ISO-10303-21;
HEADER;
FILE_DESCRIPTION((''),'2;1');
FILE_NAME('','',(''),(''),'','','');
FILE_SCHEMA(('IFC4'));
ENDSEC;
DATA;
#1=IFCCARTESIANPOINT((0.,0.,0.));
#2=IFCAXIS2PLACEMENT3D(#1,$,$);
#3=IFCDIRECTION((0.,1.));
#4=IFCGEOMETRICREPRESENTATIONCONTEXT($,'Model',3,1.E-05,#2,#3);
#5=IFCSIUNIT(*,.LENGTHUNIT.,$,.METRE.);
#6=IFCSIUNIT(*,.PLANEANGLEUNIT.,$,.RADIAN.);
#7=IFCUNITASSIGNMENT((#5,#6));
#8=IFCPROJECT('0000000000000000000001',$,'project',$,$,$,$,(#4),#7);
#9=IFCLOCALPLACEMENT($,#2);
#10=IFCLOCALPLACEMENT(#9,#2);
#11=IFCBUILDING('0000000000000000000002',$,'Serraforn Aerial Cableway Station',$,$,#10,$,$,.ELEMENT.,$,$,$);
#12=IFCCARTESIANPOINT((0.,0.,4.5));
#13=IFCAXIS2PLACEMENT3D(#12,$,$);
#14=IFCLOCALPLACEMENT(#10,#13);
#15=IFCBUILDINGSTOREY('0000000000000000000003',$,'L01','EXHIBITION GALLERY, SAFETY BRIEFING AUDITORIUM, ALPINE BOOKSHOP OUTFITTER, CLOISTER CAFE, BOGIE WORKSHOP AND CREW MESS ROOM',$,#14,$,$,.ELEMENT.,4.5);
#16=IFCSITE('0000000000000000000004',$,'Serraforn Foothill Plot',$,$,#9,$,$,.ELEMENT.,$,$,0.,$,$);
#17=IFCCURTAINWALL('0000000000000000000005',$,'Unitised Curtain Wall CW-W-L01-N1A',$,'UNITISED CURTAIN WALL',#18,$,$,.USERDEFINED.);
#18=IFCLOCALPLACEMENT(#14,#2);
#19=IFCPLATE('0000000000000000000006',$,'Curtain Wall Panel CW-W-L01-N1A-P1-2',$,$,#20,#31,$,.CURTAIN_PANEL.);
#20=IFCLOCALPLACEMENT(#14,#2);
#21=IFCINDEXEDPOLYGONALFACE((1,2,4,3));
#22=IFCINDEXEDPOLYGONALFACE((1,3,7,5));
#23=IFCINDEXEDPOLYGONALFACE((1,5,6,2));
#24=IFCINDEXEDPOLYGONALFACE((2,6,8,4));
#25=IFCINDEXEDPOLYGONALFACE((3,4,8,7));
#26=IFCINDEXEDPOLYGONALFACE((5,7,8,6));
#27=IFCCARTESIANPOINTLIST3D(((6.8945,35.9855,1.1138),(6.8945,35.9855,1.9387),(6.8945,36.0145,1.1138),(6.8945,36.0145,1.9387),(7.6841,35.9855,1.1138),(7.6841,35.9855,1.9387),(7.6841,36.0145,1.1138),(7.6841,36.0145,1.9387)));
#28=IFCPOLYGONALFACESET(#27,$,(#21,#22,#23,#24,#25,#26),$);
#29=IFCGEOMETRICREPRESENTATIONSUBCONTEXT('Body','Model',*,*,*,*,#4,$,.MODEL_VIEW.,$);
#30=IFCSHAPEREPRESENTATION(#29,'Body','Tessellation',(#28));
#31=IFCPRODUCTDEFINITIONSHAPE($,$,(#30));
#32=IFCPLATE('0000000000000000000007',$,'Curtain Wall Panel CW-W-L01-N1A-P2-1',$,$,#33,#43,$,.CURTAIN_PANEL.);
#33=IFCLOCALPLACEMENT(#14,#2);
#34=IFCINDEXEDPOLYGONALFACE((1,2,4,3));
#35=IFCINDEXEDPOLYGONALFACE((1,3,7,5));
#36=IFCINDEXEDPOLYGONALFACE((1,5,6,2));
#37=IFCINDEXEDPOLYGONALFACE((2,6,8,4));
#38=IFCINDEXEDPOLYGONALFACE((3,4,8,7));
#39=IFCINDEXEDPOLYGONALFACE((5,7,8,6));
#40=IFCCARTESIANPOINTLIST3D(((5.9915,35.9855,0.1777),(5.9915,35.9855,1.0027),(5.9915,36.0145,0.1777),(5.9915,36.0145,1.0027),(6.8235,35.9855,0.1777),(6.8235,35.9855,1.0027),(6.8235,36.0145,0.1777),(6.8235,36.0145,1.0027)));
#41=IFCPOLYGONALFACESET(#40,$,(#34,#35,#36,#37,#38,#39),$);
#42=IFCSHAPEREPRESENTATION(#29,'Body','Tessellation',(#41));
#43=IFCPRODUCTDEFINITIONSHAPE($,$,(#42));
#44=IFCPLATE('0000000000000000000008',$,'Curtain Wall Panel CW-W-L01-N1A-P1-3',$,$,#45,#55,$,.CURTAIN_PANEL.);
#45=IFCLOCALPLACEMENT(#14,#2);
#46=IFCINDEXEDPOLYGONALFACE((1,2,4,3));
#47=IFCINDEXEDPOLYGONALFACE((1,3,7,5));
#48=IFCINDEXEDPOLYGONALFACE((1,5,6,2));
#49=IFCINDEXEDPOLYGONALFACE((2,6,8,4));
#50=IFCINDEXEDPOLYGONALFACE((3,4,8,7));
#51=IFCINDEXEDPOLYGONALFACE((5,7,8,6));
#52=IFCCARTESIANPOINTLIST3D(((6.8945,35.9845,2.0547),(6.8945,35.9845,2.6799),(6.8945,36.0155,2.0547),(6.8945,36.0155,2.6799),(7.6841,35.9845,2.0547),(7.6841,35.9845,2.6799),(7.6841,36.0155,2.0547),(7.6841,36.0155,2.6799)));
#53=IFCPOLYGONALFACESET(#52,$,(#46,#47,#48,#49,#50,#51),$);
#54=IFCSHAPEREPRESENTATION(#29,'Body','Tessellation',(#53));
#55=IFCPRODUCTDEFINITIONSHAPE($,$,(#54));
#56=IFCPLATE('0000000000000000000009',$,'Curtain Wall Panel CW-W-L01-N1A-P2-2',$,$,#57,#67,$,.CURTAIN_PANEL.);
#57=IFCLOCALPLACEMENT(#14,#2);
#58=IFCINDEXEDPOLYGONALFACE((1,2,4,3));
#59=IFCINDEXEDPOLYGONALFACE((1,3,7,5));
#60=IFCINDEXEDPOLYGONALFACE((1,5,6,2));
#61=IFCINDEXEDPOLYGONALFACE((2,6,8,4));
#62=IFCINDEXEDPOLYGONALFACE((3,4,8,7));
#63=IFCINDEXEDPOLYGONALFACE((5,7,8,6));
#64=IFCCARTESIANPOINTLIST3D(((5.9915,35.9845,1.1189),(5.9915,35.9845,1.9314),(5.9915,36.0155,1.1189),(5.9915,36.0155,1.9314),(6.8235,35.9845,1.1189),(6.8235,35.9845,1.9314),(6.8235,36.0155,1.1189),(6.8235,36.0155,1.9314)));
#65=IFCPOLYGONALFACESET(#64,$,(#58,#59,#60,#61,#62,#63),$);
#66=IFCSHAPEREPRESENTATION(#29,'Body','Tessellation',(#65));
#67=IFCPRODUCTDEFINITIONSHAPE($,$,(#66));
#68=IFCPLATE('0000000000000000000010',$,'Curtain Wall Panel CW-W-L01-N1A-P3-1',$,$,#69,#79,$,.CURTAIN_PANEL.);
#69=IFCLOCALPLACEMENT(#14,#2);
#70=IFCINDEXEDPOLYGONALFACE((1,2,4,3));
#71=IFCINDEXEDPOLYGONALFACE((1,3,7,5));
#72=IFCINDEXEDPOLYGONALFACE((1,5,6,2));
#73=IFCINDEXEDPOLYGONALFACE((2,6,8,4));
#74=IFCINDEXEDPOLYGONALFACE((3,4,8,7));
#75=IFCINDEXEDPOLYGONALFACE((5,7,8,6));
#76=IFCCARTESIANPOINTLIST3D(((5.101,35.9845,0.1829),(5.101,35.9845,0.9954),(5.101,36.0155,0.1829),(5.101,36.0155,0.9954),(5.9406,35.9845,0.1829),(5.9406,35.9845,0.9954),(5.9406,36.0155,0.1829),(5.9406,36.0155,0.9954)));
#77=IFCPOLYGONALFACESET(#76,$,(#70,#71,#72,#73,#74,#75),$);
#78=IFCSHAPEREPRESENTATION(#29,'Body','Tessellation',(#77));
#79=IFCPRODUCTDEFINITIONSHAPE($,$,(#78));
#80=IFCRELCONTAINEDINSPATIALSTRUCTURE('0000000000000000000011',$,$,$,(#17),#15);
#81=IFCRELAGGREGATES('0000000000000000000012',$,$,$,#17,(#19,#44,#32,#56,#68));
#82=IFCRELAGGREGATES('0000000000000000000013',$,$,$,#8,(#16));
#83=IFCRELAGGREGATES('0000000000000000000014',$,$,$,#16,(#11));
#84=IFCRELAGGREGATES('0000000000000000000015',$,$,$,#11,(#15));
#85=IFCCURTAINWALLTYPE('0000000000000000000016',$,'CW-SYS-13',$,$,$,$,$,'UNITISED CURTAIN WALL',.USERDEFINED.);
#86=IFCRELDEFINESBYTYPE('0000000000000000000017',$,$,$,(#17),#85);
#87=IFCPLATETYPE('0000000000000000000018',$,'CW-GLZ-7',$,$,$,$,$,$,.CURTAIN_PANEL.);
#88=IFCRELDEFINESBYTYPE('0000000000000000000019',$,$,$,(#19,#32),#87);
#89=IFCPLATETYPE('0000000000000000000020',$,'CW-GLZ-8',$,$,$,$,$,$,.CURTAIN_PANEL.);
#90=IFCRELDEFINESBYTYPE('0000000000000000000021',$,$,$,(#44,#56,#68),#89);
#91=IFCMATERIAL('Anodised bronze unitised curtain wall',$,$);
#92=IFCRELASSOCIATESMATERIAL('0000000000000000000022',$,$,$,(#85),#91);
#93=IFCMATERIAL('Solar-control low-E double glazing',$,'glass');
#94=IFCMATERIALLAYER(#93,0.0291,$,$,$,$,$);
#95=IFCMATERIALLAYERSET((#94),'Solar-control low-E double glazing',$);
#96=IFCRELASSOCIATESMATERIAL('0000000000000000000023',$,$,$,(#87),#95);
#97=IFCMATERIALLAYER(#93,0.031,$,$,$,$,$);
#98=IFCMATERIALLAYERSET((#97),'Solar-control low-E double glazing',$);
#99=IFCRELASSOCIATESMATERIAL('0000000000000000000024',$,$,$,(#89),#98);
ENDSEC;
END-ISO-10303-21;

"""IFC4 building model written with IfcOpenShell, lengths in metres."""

from ifc_helpers import new_model, si_unit, direction, frame, origin, origin_2d, place, context, subcontext, project, spatial, rectangle, extrude, material, layer, layer_set, type_object, element, aggregate, save


model = new_model("IFC4")

# Units and contexts
model_context = context("Model", 3, precision=1e-05, world=origin(), true_north=direction((0.0, 1.0)))
body_context = subcontext(model_context, "Body", "Model", "MODEL_VIEW")
ifc_project = project(units=[si_unit("LENGTHUNIT", "METRE"), si_unit("PLANEANGLEUNIT", "RADIAN")], contexts=[model_context])

# Site, building, storey
site_placement = place(None, origin())
site = spatial("IfcSite", under=ifc_project, at=site_placement, Name="Serraforn Foothill Plot", CompositionType="ELEMENT", RefElevation=0.0)
building_placement = place(site_placement, origin())
building = spatial("IfcBuilding", under=site, at=building_placement, Name="Serraforn Aerial Cableway Station", CompositionType="ELEMENT")
storey_placement = place(building_placement, frame((0.0, 0.0, 4.5)))
storey = spatial("IfcBuildingStorey", under=building, at=storey_placement, Name="L01", Description="EXHIBITION GALLERY, SAFETY BRIEFING AUDITORIUM, ALPINE BOOKSHOP OUTFITTER, CLOISTER CAFE, BOGIE WORKSHOP AND CREW MESS ROOM", CompositionType="ELEMENT", Elevation=4.5)

# Curtain wall, plates
ifc_material_1 = material(Name="Anodised bronze unitised curtain wall")
curtain_wall_type = type_object("IfcCurtainWallType", Name="CW-SYS-13", ElementType="UNITISED CURTAIN WALL", PredefinedType="USERDEFINED", material=ifc_material_1)
curtain_wall_placement = place(storey_placement, origin())
curtain_wall = element("IfcCurtainWall", 1, at=curtain_wall_placement, inside=storey, type_object=curtain_wall_type, Name="Unitised Curtain Wall CW-W-L01-N1A", ObjectType="UNITISED CURTAIN WALL", PredefinedType="USERDEFINED")
ifc_material_2 = material(Name="Solar-control low-E double glazing", Category="glass")
ifc_layer_1 = layer(ifc_material_2, 0.0291)
ifc_layer_set_1 = layer_set([ifc_layer_1], Name="Solar-control low-E double glazing")
plate_type_1 = type_object("IfcPlateType", Name="CW-GLZ-7", PredefinedType="CURTAIN_PANEL", material=ifc_layer_set_1)
plate_1_placement = place(storey_placement, frame((7.2893, 36.0, 1.1138), z_axis=(0.0, 0.0, 1.0), x_axis=(1.0, 0.0, 0.0)))
plate_1 = element("IfcPlate", 2, at=plate_1_placement, type_object=plate_type_1, Name="Curtain Wall Panel CW-W-L01-N1A-P1-2", PredefinedType="CURTAIN_PANEL", context=body_context, shape_type="SweptSolid", body=[
    extrude(rectangle(XDim=0.7896, YDim=0.0291, at=origin_2d()), origin(), (0.0, 0.0, 1.0), 0.825),
])
plate_2_placement = place(storey_placement, frame((6.4075, 36.0, 0.1777), z_axis=(0.0, 0.0, 1.0), x_axis=(1.0, 0.0, 0.0)))
plate_2 = element("IfcPlate", 3, at=plate_2_placement, type_object=plate_type_1, Name="Curtain Wall Panel CW-W-L01-N1A-P2-1", PredefinedType="CURTAIN_PANEL", context=body_context, shape_type="SweptSolid", body=[
    extrude(rectangle(XDim=0.832, YDim=0.0291, at=origin_2d()), origin(), (0.0, 0.0, 1.0), 0.825),
])
ifc_layer_2 = layer(ifc_material_2, 0.031)
ifc_layer_set_2 = layer_set([ifc_layer_2], Name="Solar-control low-E double glazing")
plate_type_2 = type_object("IfcPlateType", Name="CW-GLZ-8", PredefinedType="CURTAIN_PANEL", material=ifc_layer_set_2)
plate_3_placement = place(storey_placement, frame((7.2893, 36.0, 2.0547), z_axis=(0.0, 0.0, 1.0), x_axis=(1.0, 0.0, 0.0)))
plate_3 = element("IfcPlate", 4, at=plate_3_placement, type_object=plate_type_2, Name="Curtain Wall Panel CW-W-L01-N1A-P1-3", PredefinedType="CURTAIN_PANEL", context=body_context, shape_type="SweptSolid", body=[
    extrude(rectangle(XDim=0.7896, YDim=0.031, at=origin_2d()), origin(), (0.0, 0.0, 1.0), 0.6252),
])
plate_4_placement = place(storey_placement, frame((6.4075, 36.0, 1.1189), z_axis=(0.0, 0.0, 1.0), x_axis=(1.0, 0.0, 0.0)))
plate_4 = element("IfcPlate", 5, at=plate_4_placement, type_object=plate_type_2, Name="Curtain Wall Panel CW-W-L01-N1A-P2-2", PredefinedType="CURTAIN_PANEL", context=body_context, shape_type="SweptSolid", body=[
    extrude(rectangle(XDim=0.832, YDim=0.031, at=origin_2d()), origin(), (0.0, 0.0, 1.0), 0.8125),
])
plate_5_placement = place(storey_placement, frame((5.5208, 36.0, 0.1829), z_axis=(0.0, 0.0, 1.0), x_axis=(1.0, 0.0, 0.0)))
plate_5 = element("IfcPlate", 6, at=plate_5_placement, type_object=plate_type_2, Name="Curtain Wall Panel CW-W-L01-N1A-P3-1", PredefinedType="CURTAIN_PANEL", context=body_context, shape_type="SweptSolid", body=[
    extrude(rectangle(XDim=0.8396, YDim=0.031, at=origin_2d()), origin(), (0.0, 0.0, 1.0), 0.8125),
])
aggregate(curtain_wall, [plate_1, plate_3, plate_2, plate_4, plate_5])

save(model, "model.ifc")
